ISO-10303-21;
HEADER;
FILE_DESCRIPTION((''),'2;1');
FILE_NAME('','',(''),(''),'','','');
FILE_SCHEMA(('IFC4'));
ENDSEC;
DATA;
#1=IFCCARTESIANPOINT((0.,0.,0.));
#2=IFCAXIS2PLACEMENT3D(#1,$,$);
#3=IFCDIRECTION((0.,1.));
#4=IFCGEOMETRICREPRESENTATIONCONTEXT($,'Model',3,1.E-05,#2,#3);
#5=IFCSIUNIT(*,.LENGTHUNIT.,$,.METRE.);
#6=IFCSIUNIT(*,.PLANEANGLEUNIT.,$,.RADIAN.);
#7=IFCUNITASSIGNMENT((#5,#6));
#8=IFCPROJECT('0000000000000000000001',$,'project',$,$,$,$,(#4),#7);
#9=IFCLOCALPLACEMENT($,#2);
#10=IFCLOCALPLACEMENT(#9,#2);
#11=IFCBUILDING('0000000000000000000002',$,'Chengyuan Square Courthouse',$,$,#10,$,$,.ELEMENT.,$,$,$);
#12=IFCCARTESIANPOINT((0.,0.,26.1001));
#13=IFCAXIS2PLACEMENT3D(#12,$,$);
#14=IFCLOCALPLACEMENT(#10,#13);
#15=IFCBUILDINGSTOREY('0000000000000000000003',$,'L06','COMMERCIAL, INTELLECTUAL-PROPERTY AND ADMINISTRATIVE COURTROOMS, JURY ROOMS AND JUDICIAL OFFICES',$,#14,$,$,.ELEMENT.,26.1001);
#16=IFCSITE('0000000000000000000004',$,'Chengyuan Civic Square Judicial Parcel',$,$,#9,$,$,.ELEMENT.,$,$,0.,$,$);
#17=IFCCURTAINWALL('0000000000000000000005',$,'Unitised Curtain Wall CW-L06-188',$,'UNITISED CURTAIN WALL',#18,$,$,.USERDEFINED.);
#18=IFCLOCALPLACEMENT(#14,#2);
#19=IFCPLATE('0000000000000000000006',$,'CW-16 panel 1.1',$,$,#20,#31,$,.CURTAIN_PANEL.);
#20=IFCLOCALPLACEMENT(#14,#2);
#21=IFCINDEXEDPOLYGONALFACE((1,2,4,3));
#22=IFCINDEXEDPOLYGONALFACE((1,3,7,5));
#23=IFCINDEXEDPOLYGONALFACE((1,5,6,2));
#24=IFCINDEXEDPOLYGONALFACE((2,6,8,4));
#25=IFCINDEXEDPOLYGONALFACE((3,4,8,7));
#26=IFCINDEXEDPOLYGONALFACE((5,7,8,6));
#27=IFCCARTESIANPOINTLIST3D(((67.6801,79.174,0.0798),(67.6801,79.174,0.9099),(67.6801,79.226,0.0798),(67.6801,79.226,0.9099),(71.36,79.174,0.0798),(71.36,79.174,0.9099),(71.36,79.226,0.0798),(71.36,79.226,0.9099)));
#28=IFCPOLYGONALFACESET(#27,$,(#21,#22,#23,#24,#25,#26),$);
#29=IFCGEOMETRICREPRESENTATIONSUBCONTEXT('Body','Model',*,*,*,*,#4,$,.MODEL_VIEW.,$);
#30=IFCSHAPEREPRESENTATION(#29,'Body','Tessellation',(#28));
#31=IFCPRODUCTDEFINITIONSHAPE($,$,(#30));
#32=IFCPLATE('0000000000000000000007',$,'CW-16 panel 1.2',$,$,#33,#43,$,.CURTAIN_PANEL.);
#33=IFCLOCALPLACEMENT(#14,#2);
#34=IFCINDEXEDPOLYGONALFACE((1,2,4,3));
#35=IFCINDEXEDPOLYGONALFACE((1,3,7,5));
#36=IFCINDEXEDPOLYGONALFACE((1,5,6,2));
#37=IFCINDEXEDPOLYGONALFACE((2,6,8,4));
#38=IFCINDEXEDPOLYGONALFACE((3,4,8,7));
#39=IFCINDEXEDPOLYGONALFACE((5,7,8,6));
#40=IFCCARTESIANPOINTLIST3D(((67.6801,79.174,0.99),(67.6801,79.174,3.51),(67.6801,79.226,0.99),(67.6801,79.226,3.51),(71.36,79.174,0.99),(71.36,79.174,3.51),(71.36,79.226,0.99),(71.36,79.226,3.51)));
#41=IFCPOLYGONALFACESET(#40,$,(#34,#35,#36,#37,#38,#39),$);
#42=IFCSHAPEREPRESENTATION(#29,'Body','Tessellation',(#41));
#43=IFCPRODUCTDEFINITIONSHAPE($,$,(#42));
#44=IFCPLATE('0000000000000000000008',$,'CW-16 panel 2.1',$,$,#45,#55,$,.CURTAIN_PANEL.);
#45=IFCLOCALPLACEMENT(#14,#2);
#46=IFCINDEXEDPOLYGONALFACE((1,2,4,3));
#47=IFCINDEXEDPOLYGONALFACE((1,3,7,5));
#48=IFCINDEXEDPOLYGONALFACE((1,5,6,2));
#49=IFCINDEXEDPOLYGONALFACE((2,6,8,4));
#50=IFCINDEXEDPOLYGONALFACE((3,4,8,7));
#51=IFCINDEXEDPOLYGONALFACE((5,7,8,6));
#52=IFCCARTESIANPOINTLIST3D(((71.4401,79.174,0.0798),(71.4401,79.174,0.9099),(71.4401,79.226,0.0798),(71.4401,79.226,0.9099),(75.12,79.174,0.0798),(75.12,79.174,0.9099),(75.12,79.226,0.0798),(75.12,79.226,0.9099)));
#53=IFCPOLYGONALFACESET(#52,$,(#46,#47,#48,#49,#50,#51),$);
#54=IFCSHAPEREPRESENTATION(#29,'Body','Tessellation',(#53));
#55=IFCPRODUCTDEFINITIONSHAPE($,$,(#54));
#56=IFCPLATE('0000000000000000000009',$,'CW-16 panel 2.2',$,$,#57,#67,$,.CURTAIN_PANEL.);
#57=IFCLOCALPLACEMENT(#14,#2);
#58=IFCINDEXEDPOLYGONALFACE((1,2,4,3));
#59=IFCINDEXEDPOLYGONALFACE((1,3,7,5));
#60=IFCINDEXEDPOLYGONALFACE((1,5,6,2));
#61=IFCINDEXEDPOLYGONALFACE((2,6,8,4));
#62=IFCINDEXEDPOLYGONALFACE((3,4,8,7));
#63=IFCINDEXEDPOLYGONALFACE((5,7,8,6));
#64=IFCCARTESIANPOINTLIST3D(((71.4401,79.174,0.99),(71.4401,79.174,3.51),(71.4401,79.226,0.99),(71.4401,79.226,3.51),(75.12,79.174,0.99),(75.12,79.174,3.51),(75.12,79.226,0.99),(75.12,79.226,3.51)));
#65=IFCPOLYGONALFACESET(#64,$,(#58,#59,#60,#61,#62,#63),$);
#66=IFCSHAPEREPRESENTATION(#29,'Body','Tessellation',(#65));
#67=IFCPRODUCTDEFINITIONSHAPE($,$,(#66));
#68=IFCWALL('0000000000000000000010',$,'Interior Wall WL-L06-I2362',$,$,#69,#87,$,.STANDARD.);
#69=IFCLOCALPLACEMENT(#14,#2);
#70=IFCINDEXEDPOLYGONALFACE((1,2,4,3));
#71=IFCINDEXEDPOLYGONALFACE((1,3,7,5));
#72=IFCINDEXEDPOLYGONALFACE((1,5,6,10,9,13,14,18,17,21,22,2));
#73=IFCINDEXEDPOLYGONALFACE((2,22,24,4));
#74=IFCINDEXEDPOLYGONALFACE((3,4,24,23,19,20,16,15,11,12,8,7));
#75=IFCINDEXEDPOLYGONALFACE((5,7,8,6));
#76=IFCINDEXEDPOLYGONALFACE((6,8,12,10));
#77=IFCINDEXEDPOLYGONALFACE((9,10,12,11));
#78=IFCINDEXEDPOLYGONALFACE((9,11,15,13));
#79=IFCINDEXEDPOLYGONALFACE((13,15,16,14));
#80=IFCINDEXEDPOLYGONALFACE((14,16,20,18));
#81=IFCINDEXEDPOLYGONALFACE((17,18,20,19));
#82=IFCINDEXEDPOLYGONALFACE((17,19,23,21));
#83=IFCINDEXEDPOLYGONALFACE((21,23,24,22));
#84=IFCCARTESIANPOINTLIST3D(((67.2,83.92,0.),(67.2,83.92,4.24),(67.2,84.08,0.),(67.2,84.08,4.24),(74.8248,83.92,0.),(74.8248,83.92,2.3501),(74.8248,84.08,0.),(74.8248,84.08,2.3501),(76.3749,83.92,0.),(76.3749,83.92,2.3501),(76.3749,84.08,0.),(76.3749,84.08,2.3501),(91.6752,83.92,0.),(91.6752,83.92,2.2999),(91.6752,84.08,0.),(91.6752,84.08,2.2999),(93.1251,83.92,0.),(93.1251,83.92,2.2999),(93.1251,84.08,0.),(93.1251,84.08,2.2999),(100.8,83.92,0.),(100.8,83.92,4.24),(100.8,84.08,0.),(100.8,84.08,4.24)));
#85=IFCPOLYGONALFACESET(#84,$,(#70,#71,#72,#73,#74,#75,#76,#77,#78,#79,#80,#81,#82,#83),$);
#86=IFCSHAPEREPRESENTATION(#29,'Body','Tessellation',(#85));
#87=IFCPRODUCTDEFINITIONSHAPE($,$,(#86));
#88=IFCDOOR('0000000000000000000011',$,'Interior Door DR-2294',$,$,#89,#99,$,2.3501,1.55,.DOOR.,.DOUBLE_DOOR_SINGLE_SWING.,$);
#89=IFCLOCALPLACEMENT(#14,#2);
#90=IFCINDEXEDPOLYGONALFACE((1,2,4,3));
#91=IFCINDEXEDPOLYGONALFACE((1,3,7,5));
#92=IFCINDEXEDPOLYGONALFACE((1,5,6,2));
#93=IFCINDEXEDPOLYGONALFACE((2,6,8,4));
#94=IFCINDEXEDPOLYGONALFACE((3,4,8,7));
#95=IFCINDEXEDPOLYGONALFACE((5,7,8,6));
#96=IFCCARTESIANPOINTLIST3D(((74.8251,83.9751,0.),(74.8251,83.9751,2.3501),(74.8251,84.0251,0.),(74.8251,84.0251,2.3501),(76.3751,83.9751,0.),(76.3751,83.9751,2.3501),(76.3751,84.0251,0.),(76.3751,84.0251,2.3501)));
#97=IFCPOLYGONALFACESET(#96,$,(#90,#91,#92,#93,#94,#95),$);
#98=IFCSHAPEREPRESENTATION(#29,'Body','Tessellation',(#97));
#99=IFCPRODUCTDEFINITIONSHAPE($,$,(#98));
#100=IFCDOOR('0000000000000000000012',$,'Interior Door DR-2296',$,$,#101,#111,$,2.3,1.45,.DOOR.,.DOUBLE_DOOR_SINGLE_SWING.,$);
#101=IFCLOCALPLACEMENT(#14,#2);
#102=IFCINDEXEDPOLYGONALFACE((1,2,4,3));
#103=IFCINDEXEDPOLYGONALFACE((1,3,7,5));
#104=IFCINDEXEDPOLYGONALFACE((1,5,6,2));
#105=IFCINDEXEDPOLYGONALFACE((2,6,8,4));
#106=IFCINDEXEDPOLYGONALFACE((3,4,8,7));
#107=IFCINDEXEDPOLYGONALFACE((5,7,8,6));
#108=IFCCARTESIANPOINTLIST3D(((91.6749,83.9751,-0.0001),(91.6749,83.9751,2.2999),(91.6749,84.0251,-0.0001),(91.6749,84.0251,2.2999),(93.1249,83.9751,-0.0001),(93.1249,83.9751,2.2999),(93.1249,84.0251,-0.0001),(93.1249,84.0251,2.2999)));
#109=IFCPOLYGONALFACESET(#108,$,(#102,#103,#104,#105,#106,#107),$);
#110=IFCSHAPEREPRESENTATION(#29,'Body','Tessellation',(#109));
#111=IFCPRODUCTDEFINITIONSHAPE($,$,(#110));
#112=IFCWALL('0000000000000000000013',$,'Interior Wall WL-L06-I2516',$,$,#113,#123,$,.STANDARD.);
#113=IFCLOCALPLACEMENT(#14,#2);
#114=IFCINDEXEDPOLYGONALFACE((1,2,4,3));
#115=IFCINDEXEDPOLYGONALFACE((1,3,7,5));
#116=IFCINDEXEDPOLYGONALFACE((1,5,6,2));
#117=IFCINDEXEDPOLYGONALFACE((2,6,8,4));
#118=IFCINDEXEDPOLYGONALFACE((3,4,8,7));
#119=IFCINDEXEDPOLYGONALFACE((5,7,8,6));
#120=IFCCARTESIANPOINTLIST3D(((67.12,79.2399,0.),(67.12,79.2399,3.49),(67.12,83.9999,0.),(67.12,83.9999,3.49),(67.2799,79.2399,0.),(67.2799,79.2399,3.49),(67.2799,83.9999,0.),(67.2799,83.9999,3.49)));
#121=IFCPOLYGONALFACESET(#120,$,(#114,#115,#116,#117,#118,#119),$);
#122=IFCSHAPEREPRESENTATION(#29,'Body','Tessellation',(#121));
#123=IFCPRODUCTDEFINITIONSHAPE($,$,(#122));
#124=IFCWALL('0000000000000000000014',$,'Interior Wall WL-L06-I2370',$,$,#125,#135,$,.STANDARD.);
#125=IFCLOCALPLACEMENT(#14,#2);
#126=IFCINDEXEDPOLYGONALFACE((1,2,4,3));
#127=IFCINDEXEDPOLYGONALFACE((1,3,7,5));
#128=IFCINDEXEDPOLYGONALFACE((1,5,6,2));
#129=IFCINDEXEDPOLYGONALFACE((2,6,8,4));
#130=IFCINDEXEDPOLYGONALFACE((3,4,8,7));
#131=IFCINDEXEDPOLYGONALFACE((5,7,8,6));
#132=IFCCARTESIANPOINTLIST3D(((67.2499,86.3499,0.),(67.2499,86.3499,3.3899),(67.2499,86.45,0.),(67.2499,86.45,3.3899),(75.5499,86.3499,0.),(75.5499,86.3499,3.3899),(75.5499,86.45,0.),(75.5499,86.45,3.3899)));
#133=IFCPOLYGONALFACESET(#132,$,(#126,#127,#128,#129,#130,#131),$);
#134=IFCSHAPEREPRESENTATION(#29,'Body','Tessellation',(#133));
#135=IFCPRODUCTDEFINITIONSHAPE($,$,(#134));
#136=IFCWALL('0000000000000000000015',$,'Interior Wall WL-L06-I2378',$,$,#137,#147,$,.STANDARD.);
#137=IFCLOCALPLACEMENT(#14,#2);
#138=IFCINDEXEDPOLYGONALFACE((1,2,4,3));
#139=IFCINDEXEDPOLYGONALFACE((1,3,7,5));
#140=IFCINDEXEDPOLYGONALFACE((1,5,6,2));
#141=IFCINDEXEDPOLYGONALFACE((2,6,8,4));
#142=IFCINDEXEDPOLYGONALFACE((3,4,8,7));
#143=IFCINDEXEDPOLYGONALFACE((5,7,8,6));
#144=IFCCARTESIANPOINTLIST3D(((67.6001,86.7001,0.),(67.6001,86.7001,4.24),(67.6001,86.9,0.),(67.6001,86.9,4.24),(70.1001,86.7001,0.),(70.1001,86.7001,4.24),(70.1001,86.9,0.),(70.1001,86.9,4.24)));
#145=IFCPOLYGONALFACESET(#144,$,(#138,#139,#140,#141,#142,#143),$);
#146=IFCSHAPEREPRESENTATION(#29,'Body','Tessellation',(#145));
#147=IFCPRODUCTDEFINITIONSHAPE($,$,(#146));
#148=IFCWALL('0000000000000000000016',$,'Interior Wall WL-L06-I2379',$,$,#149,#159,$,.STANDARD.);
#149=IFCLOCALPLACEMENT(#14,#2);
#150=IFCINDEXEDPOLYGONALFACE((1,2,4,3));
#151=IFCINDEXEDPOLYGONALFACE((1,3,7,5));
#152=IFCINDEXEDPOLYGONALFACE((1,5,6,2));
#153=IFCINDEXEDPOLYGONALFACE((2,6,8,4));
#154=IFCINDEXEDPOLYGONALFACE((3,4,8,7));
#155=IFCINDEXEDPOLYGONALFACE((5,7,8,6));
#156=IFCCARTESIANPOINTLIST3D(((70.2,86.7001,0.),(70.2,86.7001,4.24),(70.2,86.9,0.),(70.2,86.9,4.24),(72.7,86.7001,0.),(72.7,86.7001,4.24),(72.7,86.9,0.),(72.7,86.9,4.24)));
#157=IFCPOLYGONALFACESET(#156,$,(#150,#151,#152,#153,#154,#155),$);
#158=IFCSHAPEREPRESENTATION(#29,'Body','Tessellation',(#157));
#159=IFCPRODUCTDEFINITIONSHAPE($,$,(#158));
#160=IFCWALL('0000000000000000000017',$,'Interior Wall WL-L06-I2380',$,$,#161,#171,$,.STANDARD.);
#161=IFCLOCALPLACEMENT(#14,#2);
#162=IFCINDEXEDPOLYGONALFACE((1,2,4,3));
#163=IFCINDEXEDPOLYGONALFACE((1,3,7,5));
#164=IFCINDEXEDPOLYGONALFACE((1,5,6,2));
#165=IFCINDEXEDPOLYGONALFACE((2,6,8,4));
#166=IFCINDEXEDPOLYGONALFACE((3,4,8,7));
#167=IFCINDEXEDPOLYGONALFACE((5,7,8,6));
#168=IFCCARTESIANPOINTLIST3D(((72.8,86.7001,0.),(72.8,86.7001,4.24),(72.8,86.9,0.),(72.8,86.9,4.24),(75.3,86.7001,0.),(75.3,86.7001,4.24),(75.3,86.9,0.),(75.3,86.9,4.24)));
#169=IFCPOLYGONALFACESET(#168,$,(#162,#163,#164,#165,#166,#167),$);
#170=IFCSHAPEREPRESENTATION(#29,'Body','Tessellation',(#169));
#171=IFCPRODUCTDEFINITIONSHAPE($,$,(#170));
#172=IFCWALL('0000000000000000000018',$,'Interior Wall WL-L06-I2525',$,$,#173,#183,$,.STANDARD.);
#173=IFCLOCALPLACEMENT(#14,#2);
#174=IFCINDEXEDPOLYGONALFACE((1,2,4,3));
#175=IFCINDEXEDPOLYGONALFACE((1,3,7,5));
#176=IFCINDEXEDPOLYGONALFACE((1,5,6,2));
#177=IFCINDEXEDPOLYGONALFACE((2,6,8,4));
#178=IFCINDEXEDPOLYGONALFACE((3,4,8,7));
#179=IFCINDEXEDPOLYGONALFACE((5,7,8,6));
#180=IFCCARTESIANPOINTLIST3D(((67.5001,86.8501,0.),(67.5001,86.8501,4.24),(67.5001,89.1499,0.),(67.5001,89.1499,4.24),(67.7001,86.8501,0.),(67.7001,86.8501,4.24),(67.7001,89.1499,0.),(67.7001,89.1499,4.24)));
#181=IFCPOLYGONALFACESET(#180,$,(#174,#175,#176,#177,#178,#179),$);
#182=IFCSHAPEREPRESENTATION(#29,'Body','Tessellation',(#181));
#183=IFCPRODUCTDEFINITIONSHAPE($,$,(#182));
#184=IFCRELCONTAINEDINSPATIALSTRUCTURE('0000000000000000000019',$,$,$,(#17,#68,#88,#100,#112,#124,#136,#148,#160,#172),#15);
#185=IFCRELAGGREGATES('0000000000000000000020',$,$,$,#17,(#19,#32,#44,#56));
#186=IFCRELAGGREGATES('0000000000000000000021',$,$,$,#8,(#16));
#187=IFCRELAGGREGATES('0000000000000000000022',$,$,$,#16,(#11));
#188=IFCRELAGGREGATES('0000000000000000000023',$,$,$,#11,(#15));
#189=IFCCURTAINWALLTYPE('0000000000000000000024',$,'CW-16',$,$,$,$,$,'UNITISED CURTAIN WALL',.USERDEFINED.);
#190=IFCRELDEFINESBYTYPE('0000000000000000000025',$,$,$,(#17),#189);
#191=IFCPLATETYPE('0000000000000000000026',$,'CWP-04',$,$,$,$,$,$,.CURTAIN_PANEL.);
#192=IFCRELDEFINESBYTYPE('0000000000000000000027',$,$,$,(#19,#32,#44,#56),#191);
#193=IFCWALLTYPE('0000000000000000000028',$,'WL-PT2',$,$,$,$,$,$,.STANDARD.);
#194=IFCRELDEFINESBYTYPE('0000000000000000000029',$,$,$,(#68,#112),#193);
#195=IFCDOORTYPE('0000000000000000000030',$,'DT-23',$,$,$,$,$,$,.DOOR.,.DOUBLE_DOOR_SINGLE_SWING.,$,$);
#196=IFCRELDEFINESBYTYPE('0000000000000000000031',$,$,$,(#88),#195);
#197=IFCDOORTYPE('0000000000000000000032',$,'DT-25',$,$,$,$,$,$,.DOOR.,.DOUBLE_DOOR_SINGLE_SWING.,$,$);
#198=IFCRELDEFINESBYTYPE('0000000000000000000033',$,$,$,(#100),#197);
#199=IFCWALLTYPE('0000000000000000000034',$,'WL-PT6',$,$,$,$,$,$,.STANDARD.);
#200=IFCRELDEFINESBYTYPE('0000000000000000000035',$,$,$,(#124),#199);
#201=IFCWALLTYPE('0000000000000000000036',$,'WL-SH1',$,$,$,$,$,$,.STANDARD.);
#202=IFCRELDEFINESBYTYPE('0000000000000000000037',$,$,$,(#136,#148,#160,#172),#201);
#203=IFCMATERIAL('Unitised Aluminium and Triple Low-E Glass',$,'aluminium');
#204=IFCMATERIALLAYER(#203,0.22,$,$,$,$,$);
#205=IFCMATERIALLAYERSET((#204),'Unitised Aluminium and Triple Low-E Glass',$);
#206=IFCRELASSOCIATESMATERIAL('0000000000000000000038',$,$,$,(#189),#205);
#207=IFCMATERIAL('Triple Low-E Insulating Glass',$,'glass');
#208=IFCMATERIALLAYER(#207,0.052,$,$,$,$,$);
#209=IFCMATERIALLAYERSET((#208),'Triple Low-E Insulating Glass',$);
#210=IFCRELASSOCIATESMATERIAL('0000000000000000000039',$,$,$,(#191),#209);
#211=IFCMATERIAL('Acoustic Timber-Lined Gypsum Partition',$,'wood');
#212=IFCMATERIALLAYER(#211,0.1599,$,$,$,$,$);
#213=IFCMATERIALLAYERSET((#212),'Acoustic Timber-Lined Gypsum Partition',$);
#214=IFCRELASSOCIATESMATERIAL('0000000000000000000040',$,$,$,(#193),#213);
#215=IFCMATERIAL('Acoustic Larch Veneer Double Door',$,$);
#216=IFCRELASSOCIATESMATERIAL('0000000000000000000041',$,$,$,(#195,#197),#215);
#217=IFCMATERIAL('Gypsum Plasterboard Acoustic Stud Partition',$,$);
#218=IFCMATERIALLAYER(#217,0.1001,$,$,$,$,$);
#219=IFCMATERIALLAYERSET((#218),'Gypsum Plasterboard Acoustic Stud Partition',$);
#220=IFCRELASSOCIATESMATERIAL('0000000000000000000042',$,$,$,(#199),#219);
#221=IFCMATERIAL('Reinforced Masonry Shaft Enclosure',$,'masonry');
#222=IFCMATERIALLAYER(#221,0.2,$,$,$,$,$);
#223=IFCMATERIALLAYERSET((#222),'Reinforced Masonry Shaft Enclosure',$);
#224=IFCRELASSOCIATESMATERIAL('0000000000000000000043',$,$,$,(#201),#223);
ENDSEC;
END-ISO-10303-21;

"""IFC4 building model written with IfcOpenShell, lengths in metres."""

from ifc_helpers import new_model, si_unit, direction, frame, frame_2d, origin, origin_2d, place, context, subcontext, project, spatial, rectangle, extrude, material, layer, layer_set, type_object, element, fill, aggregate, save


model = new_model("IFC4")

# Units and contexts
model_context = context("Model", 3, precision=1e-05, world=origin(), true_north=direction((0.0, 1.0)))
body_context = subcontext(model_context, "Body", "Model", "MODEL_VIEW")
ifc_project = project(units=[si_unit("LENGTHUNIT", "METRE"), si_unit("PLANEANGLEUNIT", "RADIAN")], contexts=[model_context])

# Site, building, storey
site_placement = place(None, origin())
site = spatial("IfcSite", under=ifc_project, at=site_placement, Name="Chengyuan Civic Square Judicial Parcel", CompositionType="ELEMENT", RefElevation=0.0)
building_placement = place(site_placement, origin())
building = spatial("IfcBuilding", under=site, at=building_placement, Name="Chengyuan Square Courthouse", CompositionType="ELEMENT")
storey_placement = place(building_placement, frame((0.0, 0.0, 26.1001)))
storey = spatial("IfcBuildingStorey", under=building, at=storey_placement, Name="L06", Description="COMMERCIAL, INTELLECTUAL-PROPERTY AND ADMINISTRATIVE COURTROOMS, JURY ROOMS AND JUDICIAL OFFICES", CompositionType="ELEMENT", Elevation=26.1001)

# Curtain wall, plates
ifc_material_1 = material(Name="Unitised Aluminium and Triple Low-E Glass", Category="aluminium")
ifc_layer_1 = layer(ifc_material_1, 0.22)
ifc_layer_set_1 = layer_set([ifc_layer_1], Name="Unitised Aluminium and Triple Low-E Glass")
curtain_wall_type = type_object("IfcCurtainWallType", Name="CW-16", ElementType="UNITISED CURTAIN WALL", PredefinedType="USERDEFINED", material=ifc_layer_set_1)
curtain_wall_placement = place(storey_placement, origin())
curtain_wall = element("IfcCurtainWall", 1, at=curtain_wall_placement, inside=storey, type_object=curtain_wall_type, Name="Unitised Curtain Wall CW-L06-188", ObjectType="UNITISED CURTAIN WALL", PredefinedType="USERDEFINED")
ifc_material_2 = material(Name="Triple Low-E Insulating Glass", Category="glass")
ifc_layer_2 = layer(ifc_material_2, 0.052)
ifc_layer_set_2 = layer_set([ifc_layer_2], Name="Triple Low-E Insulating Glass")
plate_type = type_object("IfcPlateType", Name="CWP-04", PredefinedType="CURTAIN_PANEL", material=ifc_layer_set_2)
plate_1_placement = place(storey_placement, frame((69.52, 79.2, 0.0798), z_axis=(0.0, 0.0, 1.0), x_axis=(1.0, 0.0, 0.0)))
plate_1 = element("IfcPlate", 2, at=plate_1_placement, type_object=plate_type, Name="CW-16 panel 1.1", PredefinedType="CURTAIN_PANEL", context=body_context, shape_type="SweptSolid", body=[
    extrude(rectangle(XDim=3.6799, YDim=0.052, at=origin_2d()), origin(), (0.0, 0.0, 1.0), 0.8301),
])
plate_2_placement = place(storey_placement, frame((69.52, 79.2, 0.99), z_axis=(0.0, 0.0, 1.0), x_axis=(1.0, 0.0, 0.0)))
plate_2 = element("IfcPlate", 3, at=plate_2_placement, type_object=plate_type, Name="CW-16 panel 1.2", PredefinedType="CURTAIN_PANEL", context=body_context, shape_type="SweptSolid", body=[
    extrude(rectangle(XDim=3.6799, YDim=0.052, at=origin_2d()), origin(), (0.0, 0.0, 1.0), 2.52),
])
plate_3_placement = place(storey_placement, frame((73.28, 79.2, 0.0798), z_axis=(0.0, 0.0, 1.0), x_axis=(1.0, 0.0, 0.0)))
plate_3 = element("IfcPlate", 4, at=plate_3_placement, type_object=plate_type, Name="CW-16 panel 2.1", PredefinedType="CURTAIN_PANEL", context=body_context, shape_type="SweptSolid", body=[
    extrude(rectangle(XDim=3.6799, YDim=0.052, at=origin_2d()), origin(), (0.0, 0.0, 1.0), 0.8301),
])
plate_4_placement = place(storey_placement, frame((73.28, 79.2, 0.99), z_axis=(0.0, 0.0, 1.0), x_axis=(1.0, 0.0, 0.0)))
plate_4 = element("IfcPlate", 5, at=plate_4_placement, type_object=plate_type, Name="CW-16 panel 2.2", PredefinedType="CURTAIN_PANEL", context=body_context, shape_type="SweptSolid", body=[
    extrude(rectangle(XDim=3.6799, YDim=0.052, at=origin_2d()), origin(), (0.0, 0.0, 1.0), 2.52),
])
aggregate(curtain_wall, [plate_1, plate_2, plate_3, plate_4])

# Wall, openings, doors
ifc_material_3 = material(Name="Acoustic Timber-Lined Gypsum Partition", Category="wood")
ifc_layer_3 = layer(ifc_material_3, 0.1599)
ifc_layer_set_3 = layer_set([ifc_layer_3], Name="Acoustic Timber-Lined Gypsum Partition")
wall_type_1 = type_object("IfcWallType", Name="WL-PT2", PredefinedType="STANDARD", material=ifc_layer_set_3)
wall_1_placement = place(storey_placement, frame((67.2, 84.0, 0.0), z_axis=(0.0, 0.0, 1.0), x_axis=(1.0, 0.0, 0.0)))
wall_1 = element("IfcWall", 6, at=wall_1_placement, inside=storey, type_object=wall_type_1, Name="Interior Wall WL-L06-I2362", PredefinedType="STANDARD", context=body_context, shape_type="SweptSolid", body=[
    extrude(rectangle(XDim=33.6001, YDim=0.1599, at=frame_2d((16.8, 0.0))), origin(), (0.0, 0.0, 1.0), 4.24),
])
opening_1_placement = place(wall_1_placement, frame((7.625, 0.0, 0.0)))
opening_1 = element("IfcOpeningElement", 7, at=opening_1_placement, cuts=wall_1, PredefinedType="OPENING", context=body_context, shape_type="SweptSolid", body=[
    extrude(rectangle(XDim=1.55, YDim=2.3501, at=frame_2d((0.7749, 1.175))), frame((0.0, 0.092, 0.0), z_axis=(0.0, -1.0, 0.0), x_axis=(1.0, 0.0, 0.0)), (0.0, 0.0, 1.0), 0.1838),
])
opening_2_placement = place(wall_1_placement, frame((24.4751, 0.0, 0.0)))
opening_2 = element("IfcOpeningElement", 8, at=opening_2_placement, cuts=wall_1, PredefinedType="OPENING", context=body_context, shape_type="SweptSolid", body=[
    extrude(rectangle(XDim=1.45, YDim=2.3, at=frame_2d((0.7251, 1.1499))), frame((0.0, 0.092, 0.0), z_axis=(0.0, -1.0, 0.0), x_axis=(1.0, 0.0, 0.0)), (0.0, 0.0, 1.0), 0.1838),
])
ifc_material_4 = material(Name="Acoustic Larch Veneer Double Door")
door_type_1 = type_object("IfcDoorType", Name="DT-23", OperationType="DOUBLE_DOOR_SINGLE_SWING", PredefinedType="DOOR", material=ifc_material_4)
door_1_placement = place(opening_1_placement, frame((1.55, 0.0, 0.0), z_axis=(0.0, 0.0, 1.0), x_axis=(-1.0, 0.0, 0.0)))
door_1 = element("IfcDoor", 9, at=door_1_placement, inside=storey, type_object=door_type_1, Name="Interior Door DR-2294", OperationType="DOUBLE_DOOR_SINGLE_SWING", OverallHeight=2.3501, OverallWidth=1.55, PredefinedType="DOOR", context=body_context, shape_type="SweptSolid", body=[
    extrude(rectangle(XDim=1.55, YDim=2.3501, at=frame_2d((0.7749, 1.175))), frame((0.0, 0.0249, 0.0), z_axis=(0.0, -1.0, 0.0), x_axis=(1.0, 0.0, 0.0)), (0.0, 0.0, 1.0), 0.05),
])
fill(opening_1, door_1)
door_type_2 = type_object("IfcDoorType", Name="DT-25", OperationType="DOUBLE_DOOR_SINGLE_SWING", PredefinedType="DOOR", material=ifc_material_4)
door_2_placement = place(opening_2_placement, frame((1.45, 0.0, 0.0), z_axis=(0.0, 0.0, 1.0), x_axis=(-1.0, 0.0, 0.0)))
door_2 = element("IfcDoor", 10, at=door_2_placement, inside=storey, type_object=door_type_2, Name="Interior Door DR-2296", OperationType="DOUBLE_DOOR_SINGLE_SWING", OverallHeight=2.3, OverallWidth=1.45, PredefinedType="DOOR", context=body_context, shape_type="SweptSolid", body=[
    extrude(rectangle(XDim=1.45, YDim=2.3, at=frame_2d((0.7251, 1.1499))), frame((0.0, 0.0249, 0.0), z_axis=(0.0, -1.0, 0.0), x_axis=(1.0, 0.0, 0.0)), (0.0, 0.0, 1.0), 0.05),
])
fill(opening_2, door_2)

# Walls
wall_2_placement = place(storey_placement, frame((67.2, 79.24, 0.0), z_axis=(0.0, 0.0, 1.0), x_axis=(0.0, 1.0, 0.0)))
element("IfcWall", 11, at=wall_2_placement, inside=storey, type_object=wall_type_1, Name="Interior Wall WL-L06-I2516", PredefinedType="STANDARD", context=body_context, shape_type="SweptSolid", body=[
    extrude(rectangle(XDim=4.76, YDim=0.1599, at=frame_2d((2.3799, 0.0))), origin(), (0.0, 0.0, 1.0), 3.49),
])
ifc_material_5 = material(Name="Gypsum Plasterboard Acoustic Stud Partition")
ifc_layer_4 = layer(ifc_material_5, 0.1001)
ifc_layer_set_4 = layer_set([ifc_layer_4], Name="Gypsum Plasterboard Acoustic Stud Partition")
wall_type_2 = type_object("IfcWallType", Name="WL-PT6", PredefinedType="STANDARD", material=ifc_layer_set_4)
wall_3_placement = place(storey_placement, frame((67.25, 86.3999, 0.0), z_axis=(0.0, 0.0, 1.0), x_axis=(1.0, 0.0, 0.0)))
element("IfcWall", 12, at=wall_3_placement, inside=storey, type_object=wall_type_2, Name="Interior Wall WL-L06-I2370", PredefinedType="STANDARD", context=body_context, shape_type="SweptSolid", body=[
    extrude(rectangle(XDim=8.3, YDim=0.1001, at=frame_2d((4.1499, 0.0))), origin(), (0.0, 0.0, 1.0), 3.3899),
])
ifc_material_6 = material(Name="Reinforced Masonry Shaft Enclosure", Category="masonry")
ifc_layer_5 = layer(ifc_material_6, 0.2)
ifc_layer_set_5 = layer_set([ifc_layer_5], Name="Reinforced Masonry Shaft Enclosure")
wall_type_3 = type_object("IfcWallType", Name="WL-SH1", PredefinedType="STANDARD", material=ifc_layer_set_5)
for number, where, z_axis, x_axis, name in (
    (13, (67.6001, 86.8, 0.0), (0.0, 0.0, 1.0), (1.0, 0.0, 0.0), "Interior Wall WL-L06-I2378"),
    (14, (70.2, 86.8, 0.0), (0.0, 0.0, 1.0), (1.0, 0.0, 0.0), "Interior Wall WL-L06-I2379"),
    (15, (72.8, 86.8, 0.0), (0.0, 0.0, 1.0), (1.0, 0.0, 0.0), "Interior Wall WL-L06-I2380"),
):
    element("IfcWall", number, at=place(storey_placement, frame(where, z_axis=z_axis, x_axis=x_axis)), inside=storey, type_object=wall_type_3, Name=name, PredefinedType="STANDARD", context=body_context, shape_type="SweptSolid", body=[
        extrude(rectangle(XDim=2.5, YDim=0.2, at=frame_2d((1.25, 0.0))), origin(), (0.0, 0.0, 1.0), 4.24),
    ])
wall_4_placement = place(storey_placement, frame((67.6001, 86.8501, 0.0), z_axis=(0.0, 0.0, 1.0), x_axis=(0.0, 1.0, 0.0)))
element("IfcWall", 16, at=wall_4_placement, inside=storey, type_object=wall_type_3, Name="Interior Wall WL-L06-I2525", PredefinedType="STANDARD", context=body_context, shape_type="SweptSolid", body=[
    extrude(rectangle(XDim=2.2998, YDim=0.2, at=frame_2d((1.1499, 0.0))), origin(), (0.0, 0.0, 1.0), 4.24),
])

save(model, "model.ifc")
